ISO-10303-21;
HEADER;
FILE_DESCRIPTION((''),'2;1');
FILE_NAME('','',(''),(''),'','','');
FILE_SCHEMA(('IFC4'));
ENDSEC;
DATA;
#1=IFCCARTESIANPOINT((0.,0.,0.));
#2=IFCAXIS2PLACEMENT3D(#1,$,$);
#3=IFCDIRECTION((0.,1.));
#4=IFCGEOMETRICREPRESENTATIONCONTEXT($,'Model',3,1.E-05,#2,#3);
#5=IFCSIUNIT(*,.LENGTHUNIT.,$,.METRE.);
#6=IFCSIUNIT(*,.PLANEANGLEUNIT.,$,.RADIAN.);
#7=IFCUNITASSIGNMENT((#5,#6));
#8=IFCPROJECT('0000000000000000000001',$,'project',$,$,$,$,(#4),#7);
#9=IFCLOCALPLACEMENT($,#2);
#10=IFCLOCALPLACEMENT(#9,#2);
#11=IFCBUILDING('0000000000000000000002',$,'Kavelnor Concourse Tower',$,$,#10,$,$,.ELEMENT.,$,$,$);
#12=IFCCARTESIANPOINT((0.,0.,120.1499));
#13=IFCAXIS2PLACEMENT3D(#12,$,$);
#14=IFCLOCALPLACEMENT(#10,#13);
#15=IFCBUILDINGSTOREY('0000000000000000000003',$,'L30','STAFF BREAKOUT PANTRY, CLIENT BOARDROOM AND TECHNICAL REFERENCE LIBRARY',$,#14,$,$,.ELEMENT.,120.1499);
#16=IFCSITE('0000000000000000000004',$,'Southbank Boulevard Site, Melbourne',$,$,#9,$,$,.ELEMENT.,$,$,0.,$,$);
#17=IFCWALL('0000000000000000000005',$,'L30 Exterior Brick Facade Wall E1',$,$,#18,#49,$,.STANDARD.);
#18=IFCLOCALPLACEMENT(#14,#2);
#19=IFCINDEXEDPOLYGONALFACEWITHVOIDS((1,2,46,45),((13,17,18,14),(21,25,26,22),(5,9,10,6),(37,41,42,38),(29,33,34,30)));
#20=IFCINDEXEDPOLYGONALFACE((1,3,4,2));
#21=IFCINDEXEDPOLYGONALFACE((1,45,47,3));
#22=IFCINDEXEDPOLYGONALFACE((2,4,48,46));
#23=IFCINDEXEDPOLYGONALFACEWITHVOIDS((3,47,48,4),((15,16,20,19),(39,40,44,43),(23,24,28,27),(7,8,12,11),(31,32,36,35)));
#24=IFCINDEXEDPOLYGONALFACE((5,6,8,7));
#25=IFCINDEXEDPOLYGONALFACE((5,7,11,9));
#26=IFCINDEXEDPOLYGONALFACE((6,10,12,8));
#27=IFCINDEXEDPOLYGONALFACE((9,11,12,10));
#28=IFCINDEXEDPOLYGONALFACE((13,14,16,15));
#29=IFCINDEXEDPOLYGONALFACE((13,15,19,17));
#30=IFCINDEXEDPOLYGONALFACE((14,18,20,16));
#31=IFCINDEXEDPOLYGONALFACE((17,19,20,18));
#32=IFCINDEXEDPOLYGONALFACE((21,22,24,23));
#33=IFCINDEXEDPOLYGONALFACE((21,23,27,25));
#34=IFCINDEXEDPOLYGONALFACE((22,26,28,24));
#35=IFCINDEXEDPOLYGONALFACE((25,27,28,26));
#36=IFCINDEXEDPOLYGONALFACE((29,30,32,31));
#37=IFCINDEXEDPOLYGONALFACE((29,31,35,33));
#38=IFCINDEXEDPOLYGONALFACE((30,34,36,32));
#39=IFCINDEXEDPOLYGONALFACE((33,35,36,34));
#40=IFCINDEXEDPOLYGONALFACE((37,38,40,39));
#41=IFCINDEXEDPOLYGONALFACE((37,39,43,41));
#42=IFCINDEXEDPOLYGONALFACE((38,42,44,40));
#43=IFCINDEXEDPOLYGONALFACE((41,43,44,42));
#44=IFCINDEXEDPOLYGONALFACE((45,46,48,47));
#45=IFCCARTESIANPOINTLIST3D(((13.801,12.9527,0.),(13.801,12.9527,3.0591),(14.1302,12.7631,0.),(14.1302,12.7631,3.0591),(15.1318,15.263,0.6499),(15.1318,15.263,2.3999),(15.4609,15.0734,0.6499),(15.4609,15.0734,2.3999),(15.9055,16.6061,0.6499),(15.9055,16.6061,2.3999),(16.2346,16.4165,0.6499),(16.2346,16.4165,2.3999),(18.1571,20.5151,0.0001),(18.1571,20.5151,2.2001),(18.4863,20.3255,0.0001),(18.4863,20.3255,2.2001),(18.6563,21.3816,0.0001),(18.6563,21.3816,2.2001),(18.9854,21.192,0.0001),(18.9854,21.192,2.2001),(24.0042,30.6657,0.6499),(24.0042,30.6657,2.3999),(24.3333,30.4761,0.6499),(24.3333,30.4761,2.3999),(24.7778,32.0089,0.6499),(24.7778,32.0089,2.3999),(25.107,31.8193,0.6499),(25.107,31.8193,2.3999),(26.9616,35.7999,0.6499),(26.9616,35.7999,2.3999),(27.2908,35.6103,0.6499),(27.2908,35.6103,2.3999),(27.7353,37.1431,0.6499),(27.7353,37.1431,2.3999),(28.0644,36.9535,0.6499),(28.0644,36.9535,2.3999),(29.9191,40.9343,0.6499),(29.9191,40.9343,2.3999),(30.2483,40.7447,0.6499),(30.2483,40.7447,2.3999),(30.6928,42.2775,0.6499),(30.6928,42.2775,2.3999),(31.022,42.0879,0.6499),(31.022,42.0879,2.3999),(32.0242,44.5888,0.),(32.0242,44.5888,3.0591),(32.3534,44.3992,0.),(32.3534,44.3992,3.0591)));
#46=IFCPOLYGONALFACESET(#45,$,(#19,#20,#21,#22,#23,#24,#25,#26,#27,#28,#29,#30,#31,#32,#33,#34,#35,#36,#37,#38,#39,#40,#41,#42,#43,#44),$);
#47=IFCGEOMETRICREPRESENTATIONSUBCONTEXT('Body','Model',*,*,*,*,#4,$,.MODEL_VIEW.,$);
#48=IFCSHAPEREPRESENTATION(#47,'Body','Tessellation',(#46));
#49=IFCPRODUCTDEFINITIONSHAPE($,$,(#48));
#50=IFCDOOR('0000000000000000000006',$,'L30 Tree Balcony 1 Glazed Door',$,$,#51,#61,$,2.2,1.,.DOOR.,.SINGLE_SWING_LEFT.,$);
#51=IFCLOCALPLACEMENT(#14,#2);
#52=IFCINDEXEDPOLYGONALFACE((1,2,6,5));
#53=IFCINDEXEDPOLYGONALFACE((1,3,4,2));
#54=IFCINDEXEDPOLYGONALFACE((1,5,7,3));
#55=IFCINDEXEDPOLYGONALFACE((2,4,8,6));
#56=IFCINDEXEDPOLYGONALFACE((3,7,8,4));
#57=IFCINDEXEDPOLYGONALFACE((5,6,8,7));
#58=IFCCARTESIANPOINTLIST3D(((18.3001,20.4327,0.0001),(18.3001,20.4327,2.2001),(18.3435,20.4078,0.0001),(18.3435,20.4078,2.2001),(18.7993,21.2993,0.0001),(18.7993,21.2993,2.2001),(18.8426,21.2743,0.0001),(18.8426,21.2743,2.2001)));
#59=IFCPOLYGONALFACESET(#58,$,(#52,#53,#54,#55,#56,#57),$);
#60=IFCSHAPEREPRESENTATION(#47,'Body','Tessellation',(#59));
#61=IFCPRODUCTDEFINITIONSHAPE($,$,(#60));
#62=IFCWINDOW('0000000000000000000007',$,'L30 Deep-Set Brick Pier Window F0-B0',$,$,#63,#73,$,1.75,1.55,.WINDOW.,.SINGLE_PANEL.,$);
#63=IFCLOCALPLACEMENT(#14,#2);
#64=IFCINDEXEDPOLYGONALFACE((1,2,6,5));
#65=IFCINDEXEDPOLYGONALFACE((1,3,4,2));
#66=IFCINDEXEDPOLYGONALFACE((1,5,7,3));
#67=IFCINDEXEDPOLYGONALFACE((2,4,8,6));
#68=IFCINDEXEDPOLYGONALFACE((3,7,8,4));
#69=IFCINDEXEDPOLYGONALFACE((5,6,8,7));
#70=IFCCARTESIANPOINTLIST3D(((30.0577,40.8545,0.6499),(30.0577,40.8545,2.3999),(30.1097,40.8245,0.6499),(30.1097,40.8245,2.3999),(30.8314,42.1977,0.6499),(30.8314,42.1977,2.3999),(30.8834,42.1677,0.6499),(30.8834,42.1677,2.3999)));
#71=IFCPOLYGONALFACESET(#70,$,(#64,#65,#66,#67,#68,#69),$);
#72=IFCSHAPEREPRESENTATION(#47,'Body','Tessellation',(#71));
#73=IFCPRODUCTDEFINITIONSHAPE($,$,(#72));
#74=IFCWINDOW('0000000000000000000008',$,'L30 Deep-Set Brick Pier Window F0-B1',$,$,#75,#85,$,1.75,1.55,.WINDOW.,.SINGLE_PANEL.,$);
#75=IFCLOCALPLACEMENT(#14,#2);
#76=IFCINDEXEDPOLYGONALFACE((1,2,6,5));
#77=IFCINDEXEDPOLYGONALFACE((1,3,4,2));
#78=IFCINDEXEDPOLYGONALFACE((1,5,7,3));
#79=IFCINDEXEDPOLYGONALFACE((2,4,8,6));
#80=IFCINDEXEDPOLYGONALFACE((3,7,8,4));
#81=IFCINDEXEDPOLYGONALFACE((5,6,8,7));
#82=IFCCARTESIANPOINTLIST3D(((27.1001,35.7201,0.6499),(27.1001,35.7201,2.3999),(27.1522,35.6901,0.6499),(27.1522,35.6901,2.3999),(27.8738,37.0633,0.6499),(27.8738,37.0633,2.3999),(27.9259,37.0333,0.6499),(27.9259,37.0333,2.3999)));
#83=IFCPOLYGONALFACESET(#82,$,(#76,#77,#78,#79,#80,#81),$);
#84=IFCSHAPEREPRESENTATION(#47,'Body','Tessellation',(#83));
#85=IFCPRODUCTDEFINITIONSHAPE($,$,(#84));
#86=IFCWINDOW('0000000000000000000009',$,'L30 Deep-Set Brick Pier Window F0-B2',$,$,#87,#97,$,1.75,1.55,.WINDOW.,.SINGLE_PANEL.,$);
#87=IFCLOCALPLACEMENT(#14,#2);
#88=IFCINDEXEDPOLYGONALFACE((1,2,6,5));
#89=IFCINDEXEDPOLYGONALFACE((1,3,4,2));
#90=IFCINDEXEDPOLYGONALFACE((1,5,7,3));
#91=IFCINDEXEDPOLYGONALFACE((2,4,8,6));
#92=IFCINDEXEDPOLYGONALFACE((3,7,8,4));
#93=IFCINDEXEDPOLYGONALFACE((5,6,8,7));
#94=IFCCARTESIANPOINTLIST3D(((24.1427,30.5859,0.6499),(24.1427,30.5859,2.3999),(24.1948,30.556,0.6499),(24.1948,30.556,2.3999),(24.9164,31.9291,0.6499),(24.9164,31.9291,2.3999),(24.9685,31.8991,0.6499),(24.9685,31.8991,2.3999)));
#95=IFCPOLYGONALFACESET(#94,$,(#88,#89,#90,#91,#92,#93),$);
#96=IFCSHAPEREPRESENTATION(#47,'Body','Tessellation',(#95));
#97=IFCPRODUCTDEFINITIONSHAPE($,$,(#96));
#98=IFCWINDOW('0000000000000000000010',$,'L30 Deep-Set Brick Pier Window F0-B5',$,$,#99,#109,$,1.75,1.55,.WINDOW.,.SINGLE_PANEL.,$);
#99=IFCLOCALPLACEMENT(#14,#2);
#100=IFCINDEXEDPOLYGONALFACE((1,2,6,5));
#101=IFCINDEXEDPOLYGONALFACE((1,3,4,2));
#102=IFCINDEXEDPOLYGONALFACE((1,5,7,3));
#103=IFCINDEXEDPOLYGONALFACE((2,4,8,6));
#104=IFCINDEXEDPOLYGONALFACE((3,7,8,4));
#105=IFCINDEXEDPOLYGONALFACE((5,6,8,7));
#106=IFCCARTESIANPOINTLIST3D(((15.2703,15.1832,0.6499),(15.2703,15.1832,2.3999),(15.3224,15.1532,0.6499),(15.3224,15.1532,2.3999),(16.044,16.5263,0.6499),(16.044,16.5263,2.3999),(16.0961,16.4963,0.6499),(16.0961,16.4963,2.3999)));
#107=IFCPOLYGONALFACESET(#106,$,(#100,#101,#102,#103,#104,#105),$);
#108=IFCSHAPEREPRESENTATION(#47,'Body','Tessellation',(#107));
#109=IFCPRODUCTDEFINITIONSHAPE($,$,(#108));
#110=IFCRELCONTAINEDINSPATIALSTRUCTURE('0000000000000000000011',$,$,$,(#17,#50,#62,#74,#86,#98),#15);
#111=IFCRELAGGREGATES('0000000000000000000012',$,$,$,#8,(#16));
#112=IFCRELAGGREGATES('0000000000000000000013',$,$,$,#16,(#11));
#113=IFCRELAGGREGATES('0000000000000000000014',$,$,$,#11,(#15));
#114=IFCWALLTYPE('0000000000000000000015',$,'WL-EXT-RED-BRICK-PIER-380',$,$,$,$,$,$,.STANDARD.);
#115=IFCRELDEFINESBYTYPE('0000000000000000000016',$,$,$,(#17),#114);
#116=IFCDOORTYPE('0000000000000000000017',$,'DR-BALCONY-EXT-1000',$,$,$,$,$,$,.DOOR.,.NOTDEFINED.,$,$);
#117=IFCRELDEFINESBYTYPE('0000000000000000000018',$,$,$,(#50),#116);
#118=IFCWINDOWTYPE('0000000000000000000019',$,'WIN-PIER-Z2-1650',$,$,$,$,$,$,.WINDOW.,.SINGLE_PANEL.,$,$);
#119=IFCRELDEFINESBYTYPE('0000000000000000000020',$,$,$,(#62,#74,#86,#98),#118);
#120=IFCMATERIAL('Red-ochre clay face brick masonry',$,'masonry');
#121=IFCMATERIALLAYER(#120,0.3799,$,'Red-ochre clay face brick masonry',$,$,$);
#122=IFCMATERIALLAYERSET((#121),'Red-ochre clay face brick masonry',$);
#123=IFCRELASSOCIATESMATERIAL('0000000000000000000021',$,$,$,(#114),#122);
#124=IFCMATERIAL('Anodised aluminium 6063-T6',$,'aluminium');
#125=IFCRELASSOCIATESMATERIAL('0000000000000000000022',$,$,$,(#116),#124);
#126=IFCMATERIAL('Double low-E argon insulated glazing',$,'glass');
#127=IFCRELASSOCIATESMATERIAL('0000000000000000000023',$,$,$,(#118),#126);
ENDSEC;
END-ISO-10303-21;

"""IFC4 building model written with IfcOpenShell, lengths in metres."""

from ifc_helpers import new_model, si_unit, direction, frame, frame_2d, origin, place, context, subcontext, project, spatial, rectangle, extrude, material, layer, layer_set, type_object, element, fill, save


model = new_model("IFC4")

# Units and contexts
model_context = context("Model", 3, precision=1e-05, world=origin(), true_north=direction((0.0, 1.0)))
body_context = subcontext(model_context, "Body", "Model", "MODEL_VIEW")
ifc_project = project(units=[si_unit("LENGTHUNIT", "METRE"), si_unit("PLANEANGLEUNIT", "RADIAN")], contexts=[model_context])

# Site, building, storey
site_placement = place(None, origin())
site = spatial("IfcSite", under=ifc_project, at=site_placement, Name="Southbank Boulevard Site, Melbourne", CompositionType="ELEMENT", RefElevation=0.0)
building_placement = place(site_placement, origin())
building = spatial("IfcBuilding", under=site, at=building_placement, Name="Kavelnor Concourse Tower", CompositionType="ELEMENT")
storey_placement = place(building_placement, frame((0.0, 0.0, 120.1499)))
storey = spatial("IfcBuildingStorey", under=building, at=storey_placement, Name="L30", Description="STAFF BREAKOUT PANTRY, CLIENT BOARDROOM AND TECHNICAL REFERENCE LIBRARY", CompositionType="ELEMENT", Elevation=120.1499)

# Wall, openings, door, windows
ifc_material_1 = material(Name="Red-ochre clay face brick masonry", Category="masonry")
ifc_layer_1 = layer(ifc_material_1, 0.3799, Name="Red-ochre clay face brick masonry")
ifc_layer_set_1 = layer_set([ifc_layer_1], Name="Red-ochre clay face brick masonry")
wall_type = type_object("IfcWallType", Name="WL-EXT-RED-BRICK-PIER-380", PredefinedType="STANDARD", material=ifc_layer_set_1)
wall_placement = place(storey_placement, frame((13.9656, 12.8579, 0.0), z_axis=(0.0, 0.0, 1.0), x_axis=(0.499139, 0.866522, 0.0)))
wall = element("IfcWall", 1, at=wall_placement, inside=storey, type_object=wall_type, Name="L30 Exterior Brick Facade Wall E1", PredefinedType="STANDARD", context=body_context, shape_type="SweptSolid", body=[
    extrude(rectangle(XDim=36.5093, YDim=0.3799, at=frame_2d((18.2546, 0.0))), origin(), (0.0, 0.0, 1.0), 3.0591),
])
opening_1_placement = place(wall_placement, frame((8.7273, 0.0, 0.0)))
opening_1 = element("IfcOpeningElement", 2, at=opening_1_placement, cuts=wall, PredefinedType="OPENING", context=body_context, shape_type="SweptSolid", body=[
    extrude(rectangle(XDim=1.0, YDim=2.2, at=frame_2d((0.5, 1.1001))), frame((0.0, 0.2, 0.0), z_axis=(0.0, -1.0, 0.0), x_axis=(1.0, 0.0, 0.0)), (0.0, 0.0, 1.0), 0.3999),
])
opening_2_placement = place(wall_placement, frame((32.292, 0.0, 0.6499)))
opening_2 = element("IfcOpeningElement", 3, at=opening_2_placement, cuts=wall, PredefinedType="OPENING", context=body_context, shape_type="SweptSolid", body=[
    extrude(rectangle(XDim=1.55, YDim=1.75, at=frame_2d((0.7749, 0.875))), frame((0.0, 0.2, 0.0), z_axis=(0.0, -1.0, 0.0), x_axis=(1.0, 0.0, 0.0)), (0.0, 0.0, 1.0), 0.3999),
])
opening_3_placement = place(wall_placement, frame((26.3667, 0.0, 0.6499)))
opening_3 = element("IfcOpeningElement", 4, at=opening_3_placement, cuts=wall, PredefinedType="OPENING", context=body_context, shape_type="SweptSolid", body=[
    extrude(rectangle(XDim=1.55, YDim=1.75, at=frame_2d((0.7749, 0.875))), frame((0.0, 0.2, 0.0), z_axis=(0.0, -1.0, 0.0), x_axis=(1.0, 0.0, 0.0)), (0.0, 0.0, 1.0), 0.3999),
])
opening_4_placement = place(wall_placement, frame((20.4417, 0.0, 0.6499)))
opening_4 = element("IfcOpeningElement", 5, at=opening_4_placement, cuts=wall, PredefinedType="OPENING", context=body_context, shape_type="SweptSolid", body=[
    extrude(rectangle(XDim=1.55, YDim=1.75, at=frame_2d((0.7749, 0.875))), frame((0.0, 0.2, 0.0), z_axis=(0.0, -1.0, 0.0), x_axis=(1.0, 0.0, 0.0)), (0.0, 0.0, 1.0), 0.3999),
])
opening_5_placement = place(wall_placement, frame((2.6663, 0.0, 0.6499)))
opening_5 = element("IfcOpeningElement", 6, at=opening_5_placement, cuts=wall, PredefinedType="OPENING", context=body_context, shape_type="SweptSolid", body=[
    extrude(rectangle(XDim=1.55, YDim=1.75, at=frame_2d((0.7749, 0.875))), frame((0.0, 0.2, 0.0), z_axis=(0.0, -1.0, 0.0), x_axis=(1.0, 0.0, 0.0)), (0.0, 0.0, 1.0), 0.3999),
])
ifc_material_2 = material(Name="Anodised aluminium 6063-T6", Category="aluminium")
door_type = type_object("IfcDoorType", Name="DR-BALCONY-EXT-1000", OperationType="NOTDEFINED", PredefinedType="DOOR", material=ifc_material_2)
door_placement = place(opening_1_placement, origin())
door = element("IfcDoor", 7, at=door_placement, inside=storey, type_object=door_type, Name="L30 Tree Balcony 1 Glazed Door", OperationType="SINGLE_SWING_LEFT", OverallHeight=2.2, OverallWidth=1.0, PredefinedType="DOOR", context=body_context, shape_type="SweptSolid", body=[
    extrude(rectangle(XDim=1.0, YDim=2.2, at=frame_2d((0.5, 1.1001))), frame((0.0, 0.0249, 0.0), z_axis=(0.0, -1.0, 0.0), x_axis=(1.0, 0.0, 0.0)), (0.0, 0.0, 1.0), 0.05),
])
fill(opening_1, door)
ifc_material_3 = material(Name="Double low-E argon insulated glazing", Category="glass")
window_type = type_object("IfcWindowType", Name="WIN-PIER-Z2-1650", PartitioningType="SINGLE_PANEL", PredefinedType="WINDOW", material=ifc_material_3)
window_1_placement = place(opening_2_placement, origin())
window_1 = element("IfcWindow", 8, at=window_1_placement, inside=storey, type_object=window_type, Name="L30 Deep-Set Brick Pier Window F0-B0", OverallHeight=1.75, OverallWidth=1.55, PartitioningType="SINGLE_PANEL", PredefinedType="WINDOW", context=body_context, shape_type="SweptSolid", body=[
    extrude(rectangle(XDim=1.55, YDim=1.75, at=frame_2d((0.7749, 0.875))), frame((0.0, 0.03, 0.0), z_axis=(0.0, -1.0, 0.0), x_axis=(1.0, 0.0, 0.0)), (0.0, 0.0, 1.0), 0.0601),
])
fill(opening_2, window_1)
window_2_placement = place(opening_3_placement, origin())
window_2 = element("IfcWindow", 9, at=window_2_placement, inside=storey, type_object=window_type, Name="L30 Deep-Set Brick Pier Window F0-B1", OverallHeight=1.75, OverallWidth=1.55, PartitioningType="SINGLE_PANEL", PredefinedType="WINDOW", context=body_context, shape_type="SweptSolid", body=[
    extrude(rectangle(XDim=1.55, YDim=1.75, at=frame_2d((0.7749, 0.875))), frame((0.0, 0.03, 0.0), z_axis=(0.0, -1.0, 0.0), x_axis=(1.0, 0.0, 0.0)), (0.0, 0.0, 1.0), 0.0601),
])
fill(opening_3, window_2)
window_3_placement = place(opening_4_placement, origin())
window_3 = element("IfcWindow", 10, at=window_3_placement, inside=storey, type_object=window_type, Name="L30 Deep-Set Brick Pier Window F0-B2", OverallHeight=1.75, OverallWidth=1.55, PartitioningType="SINGLE_PANEL", PredefinedType="WINDOW", context=body_context, shape_type="SweptSolid", body=[
    extrude(rectangle(XDim=1.55, YDim=1.75, at=frame_2d((0.7749, 0.875))), frame((0.0, 0.03, 0.0), z_axis=(0.0, -1.0, 0.0), x_axis=(1.0, 0.0, 0.0)), (0.0, 0.0, 1.0), 0.0601),
])
fill(opening_4, window_3)
window_4_placement = place(opening_5_placement, origin())
window_4 = element("IfcWindow", 11, at=window_4_placement, inside=storey, type_object=window_type, Name="L30 Deep-Set Brick Pier Window F0-B5", OverallHeight=1.75, OverallWidth=1.55, PartitioningType="SINGLE_PANEL", PredefinedType="WINDOW", context=body_context, shape_type="SweptSolid", body=[
    extrude(rectangle(XDim=1.55, YDim=1.75, at=frame_2d((0.7749, 0.875))), frame((0.0, 0.03, 0.0), z_axis=(0.0, -1.0, 0.0), x_axis=(1.0, 0.0, 0.0)), (0.0, 0.0, 1.0), 0.0601),
])
fill(opening_5, window_4)

save(model, "model.ifc")
